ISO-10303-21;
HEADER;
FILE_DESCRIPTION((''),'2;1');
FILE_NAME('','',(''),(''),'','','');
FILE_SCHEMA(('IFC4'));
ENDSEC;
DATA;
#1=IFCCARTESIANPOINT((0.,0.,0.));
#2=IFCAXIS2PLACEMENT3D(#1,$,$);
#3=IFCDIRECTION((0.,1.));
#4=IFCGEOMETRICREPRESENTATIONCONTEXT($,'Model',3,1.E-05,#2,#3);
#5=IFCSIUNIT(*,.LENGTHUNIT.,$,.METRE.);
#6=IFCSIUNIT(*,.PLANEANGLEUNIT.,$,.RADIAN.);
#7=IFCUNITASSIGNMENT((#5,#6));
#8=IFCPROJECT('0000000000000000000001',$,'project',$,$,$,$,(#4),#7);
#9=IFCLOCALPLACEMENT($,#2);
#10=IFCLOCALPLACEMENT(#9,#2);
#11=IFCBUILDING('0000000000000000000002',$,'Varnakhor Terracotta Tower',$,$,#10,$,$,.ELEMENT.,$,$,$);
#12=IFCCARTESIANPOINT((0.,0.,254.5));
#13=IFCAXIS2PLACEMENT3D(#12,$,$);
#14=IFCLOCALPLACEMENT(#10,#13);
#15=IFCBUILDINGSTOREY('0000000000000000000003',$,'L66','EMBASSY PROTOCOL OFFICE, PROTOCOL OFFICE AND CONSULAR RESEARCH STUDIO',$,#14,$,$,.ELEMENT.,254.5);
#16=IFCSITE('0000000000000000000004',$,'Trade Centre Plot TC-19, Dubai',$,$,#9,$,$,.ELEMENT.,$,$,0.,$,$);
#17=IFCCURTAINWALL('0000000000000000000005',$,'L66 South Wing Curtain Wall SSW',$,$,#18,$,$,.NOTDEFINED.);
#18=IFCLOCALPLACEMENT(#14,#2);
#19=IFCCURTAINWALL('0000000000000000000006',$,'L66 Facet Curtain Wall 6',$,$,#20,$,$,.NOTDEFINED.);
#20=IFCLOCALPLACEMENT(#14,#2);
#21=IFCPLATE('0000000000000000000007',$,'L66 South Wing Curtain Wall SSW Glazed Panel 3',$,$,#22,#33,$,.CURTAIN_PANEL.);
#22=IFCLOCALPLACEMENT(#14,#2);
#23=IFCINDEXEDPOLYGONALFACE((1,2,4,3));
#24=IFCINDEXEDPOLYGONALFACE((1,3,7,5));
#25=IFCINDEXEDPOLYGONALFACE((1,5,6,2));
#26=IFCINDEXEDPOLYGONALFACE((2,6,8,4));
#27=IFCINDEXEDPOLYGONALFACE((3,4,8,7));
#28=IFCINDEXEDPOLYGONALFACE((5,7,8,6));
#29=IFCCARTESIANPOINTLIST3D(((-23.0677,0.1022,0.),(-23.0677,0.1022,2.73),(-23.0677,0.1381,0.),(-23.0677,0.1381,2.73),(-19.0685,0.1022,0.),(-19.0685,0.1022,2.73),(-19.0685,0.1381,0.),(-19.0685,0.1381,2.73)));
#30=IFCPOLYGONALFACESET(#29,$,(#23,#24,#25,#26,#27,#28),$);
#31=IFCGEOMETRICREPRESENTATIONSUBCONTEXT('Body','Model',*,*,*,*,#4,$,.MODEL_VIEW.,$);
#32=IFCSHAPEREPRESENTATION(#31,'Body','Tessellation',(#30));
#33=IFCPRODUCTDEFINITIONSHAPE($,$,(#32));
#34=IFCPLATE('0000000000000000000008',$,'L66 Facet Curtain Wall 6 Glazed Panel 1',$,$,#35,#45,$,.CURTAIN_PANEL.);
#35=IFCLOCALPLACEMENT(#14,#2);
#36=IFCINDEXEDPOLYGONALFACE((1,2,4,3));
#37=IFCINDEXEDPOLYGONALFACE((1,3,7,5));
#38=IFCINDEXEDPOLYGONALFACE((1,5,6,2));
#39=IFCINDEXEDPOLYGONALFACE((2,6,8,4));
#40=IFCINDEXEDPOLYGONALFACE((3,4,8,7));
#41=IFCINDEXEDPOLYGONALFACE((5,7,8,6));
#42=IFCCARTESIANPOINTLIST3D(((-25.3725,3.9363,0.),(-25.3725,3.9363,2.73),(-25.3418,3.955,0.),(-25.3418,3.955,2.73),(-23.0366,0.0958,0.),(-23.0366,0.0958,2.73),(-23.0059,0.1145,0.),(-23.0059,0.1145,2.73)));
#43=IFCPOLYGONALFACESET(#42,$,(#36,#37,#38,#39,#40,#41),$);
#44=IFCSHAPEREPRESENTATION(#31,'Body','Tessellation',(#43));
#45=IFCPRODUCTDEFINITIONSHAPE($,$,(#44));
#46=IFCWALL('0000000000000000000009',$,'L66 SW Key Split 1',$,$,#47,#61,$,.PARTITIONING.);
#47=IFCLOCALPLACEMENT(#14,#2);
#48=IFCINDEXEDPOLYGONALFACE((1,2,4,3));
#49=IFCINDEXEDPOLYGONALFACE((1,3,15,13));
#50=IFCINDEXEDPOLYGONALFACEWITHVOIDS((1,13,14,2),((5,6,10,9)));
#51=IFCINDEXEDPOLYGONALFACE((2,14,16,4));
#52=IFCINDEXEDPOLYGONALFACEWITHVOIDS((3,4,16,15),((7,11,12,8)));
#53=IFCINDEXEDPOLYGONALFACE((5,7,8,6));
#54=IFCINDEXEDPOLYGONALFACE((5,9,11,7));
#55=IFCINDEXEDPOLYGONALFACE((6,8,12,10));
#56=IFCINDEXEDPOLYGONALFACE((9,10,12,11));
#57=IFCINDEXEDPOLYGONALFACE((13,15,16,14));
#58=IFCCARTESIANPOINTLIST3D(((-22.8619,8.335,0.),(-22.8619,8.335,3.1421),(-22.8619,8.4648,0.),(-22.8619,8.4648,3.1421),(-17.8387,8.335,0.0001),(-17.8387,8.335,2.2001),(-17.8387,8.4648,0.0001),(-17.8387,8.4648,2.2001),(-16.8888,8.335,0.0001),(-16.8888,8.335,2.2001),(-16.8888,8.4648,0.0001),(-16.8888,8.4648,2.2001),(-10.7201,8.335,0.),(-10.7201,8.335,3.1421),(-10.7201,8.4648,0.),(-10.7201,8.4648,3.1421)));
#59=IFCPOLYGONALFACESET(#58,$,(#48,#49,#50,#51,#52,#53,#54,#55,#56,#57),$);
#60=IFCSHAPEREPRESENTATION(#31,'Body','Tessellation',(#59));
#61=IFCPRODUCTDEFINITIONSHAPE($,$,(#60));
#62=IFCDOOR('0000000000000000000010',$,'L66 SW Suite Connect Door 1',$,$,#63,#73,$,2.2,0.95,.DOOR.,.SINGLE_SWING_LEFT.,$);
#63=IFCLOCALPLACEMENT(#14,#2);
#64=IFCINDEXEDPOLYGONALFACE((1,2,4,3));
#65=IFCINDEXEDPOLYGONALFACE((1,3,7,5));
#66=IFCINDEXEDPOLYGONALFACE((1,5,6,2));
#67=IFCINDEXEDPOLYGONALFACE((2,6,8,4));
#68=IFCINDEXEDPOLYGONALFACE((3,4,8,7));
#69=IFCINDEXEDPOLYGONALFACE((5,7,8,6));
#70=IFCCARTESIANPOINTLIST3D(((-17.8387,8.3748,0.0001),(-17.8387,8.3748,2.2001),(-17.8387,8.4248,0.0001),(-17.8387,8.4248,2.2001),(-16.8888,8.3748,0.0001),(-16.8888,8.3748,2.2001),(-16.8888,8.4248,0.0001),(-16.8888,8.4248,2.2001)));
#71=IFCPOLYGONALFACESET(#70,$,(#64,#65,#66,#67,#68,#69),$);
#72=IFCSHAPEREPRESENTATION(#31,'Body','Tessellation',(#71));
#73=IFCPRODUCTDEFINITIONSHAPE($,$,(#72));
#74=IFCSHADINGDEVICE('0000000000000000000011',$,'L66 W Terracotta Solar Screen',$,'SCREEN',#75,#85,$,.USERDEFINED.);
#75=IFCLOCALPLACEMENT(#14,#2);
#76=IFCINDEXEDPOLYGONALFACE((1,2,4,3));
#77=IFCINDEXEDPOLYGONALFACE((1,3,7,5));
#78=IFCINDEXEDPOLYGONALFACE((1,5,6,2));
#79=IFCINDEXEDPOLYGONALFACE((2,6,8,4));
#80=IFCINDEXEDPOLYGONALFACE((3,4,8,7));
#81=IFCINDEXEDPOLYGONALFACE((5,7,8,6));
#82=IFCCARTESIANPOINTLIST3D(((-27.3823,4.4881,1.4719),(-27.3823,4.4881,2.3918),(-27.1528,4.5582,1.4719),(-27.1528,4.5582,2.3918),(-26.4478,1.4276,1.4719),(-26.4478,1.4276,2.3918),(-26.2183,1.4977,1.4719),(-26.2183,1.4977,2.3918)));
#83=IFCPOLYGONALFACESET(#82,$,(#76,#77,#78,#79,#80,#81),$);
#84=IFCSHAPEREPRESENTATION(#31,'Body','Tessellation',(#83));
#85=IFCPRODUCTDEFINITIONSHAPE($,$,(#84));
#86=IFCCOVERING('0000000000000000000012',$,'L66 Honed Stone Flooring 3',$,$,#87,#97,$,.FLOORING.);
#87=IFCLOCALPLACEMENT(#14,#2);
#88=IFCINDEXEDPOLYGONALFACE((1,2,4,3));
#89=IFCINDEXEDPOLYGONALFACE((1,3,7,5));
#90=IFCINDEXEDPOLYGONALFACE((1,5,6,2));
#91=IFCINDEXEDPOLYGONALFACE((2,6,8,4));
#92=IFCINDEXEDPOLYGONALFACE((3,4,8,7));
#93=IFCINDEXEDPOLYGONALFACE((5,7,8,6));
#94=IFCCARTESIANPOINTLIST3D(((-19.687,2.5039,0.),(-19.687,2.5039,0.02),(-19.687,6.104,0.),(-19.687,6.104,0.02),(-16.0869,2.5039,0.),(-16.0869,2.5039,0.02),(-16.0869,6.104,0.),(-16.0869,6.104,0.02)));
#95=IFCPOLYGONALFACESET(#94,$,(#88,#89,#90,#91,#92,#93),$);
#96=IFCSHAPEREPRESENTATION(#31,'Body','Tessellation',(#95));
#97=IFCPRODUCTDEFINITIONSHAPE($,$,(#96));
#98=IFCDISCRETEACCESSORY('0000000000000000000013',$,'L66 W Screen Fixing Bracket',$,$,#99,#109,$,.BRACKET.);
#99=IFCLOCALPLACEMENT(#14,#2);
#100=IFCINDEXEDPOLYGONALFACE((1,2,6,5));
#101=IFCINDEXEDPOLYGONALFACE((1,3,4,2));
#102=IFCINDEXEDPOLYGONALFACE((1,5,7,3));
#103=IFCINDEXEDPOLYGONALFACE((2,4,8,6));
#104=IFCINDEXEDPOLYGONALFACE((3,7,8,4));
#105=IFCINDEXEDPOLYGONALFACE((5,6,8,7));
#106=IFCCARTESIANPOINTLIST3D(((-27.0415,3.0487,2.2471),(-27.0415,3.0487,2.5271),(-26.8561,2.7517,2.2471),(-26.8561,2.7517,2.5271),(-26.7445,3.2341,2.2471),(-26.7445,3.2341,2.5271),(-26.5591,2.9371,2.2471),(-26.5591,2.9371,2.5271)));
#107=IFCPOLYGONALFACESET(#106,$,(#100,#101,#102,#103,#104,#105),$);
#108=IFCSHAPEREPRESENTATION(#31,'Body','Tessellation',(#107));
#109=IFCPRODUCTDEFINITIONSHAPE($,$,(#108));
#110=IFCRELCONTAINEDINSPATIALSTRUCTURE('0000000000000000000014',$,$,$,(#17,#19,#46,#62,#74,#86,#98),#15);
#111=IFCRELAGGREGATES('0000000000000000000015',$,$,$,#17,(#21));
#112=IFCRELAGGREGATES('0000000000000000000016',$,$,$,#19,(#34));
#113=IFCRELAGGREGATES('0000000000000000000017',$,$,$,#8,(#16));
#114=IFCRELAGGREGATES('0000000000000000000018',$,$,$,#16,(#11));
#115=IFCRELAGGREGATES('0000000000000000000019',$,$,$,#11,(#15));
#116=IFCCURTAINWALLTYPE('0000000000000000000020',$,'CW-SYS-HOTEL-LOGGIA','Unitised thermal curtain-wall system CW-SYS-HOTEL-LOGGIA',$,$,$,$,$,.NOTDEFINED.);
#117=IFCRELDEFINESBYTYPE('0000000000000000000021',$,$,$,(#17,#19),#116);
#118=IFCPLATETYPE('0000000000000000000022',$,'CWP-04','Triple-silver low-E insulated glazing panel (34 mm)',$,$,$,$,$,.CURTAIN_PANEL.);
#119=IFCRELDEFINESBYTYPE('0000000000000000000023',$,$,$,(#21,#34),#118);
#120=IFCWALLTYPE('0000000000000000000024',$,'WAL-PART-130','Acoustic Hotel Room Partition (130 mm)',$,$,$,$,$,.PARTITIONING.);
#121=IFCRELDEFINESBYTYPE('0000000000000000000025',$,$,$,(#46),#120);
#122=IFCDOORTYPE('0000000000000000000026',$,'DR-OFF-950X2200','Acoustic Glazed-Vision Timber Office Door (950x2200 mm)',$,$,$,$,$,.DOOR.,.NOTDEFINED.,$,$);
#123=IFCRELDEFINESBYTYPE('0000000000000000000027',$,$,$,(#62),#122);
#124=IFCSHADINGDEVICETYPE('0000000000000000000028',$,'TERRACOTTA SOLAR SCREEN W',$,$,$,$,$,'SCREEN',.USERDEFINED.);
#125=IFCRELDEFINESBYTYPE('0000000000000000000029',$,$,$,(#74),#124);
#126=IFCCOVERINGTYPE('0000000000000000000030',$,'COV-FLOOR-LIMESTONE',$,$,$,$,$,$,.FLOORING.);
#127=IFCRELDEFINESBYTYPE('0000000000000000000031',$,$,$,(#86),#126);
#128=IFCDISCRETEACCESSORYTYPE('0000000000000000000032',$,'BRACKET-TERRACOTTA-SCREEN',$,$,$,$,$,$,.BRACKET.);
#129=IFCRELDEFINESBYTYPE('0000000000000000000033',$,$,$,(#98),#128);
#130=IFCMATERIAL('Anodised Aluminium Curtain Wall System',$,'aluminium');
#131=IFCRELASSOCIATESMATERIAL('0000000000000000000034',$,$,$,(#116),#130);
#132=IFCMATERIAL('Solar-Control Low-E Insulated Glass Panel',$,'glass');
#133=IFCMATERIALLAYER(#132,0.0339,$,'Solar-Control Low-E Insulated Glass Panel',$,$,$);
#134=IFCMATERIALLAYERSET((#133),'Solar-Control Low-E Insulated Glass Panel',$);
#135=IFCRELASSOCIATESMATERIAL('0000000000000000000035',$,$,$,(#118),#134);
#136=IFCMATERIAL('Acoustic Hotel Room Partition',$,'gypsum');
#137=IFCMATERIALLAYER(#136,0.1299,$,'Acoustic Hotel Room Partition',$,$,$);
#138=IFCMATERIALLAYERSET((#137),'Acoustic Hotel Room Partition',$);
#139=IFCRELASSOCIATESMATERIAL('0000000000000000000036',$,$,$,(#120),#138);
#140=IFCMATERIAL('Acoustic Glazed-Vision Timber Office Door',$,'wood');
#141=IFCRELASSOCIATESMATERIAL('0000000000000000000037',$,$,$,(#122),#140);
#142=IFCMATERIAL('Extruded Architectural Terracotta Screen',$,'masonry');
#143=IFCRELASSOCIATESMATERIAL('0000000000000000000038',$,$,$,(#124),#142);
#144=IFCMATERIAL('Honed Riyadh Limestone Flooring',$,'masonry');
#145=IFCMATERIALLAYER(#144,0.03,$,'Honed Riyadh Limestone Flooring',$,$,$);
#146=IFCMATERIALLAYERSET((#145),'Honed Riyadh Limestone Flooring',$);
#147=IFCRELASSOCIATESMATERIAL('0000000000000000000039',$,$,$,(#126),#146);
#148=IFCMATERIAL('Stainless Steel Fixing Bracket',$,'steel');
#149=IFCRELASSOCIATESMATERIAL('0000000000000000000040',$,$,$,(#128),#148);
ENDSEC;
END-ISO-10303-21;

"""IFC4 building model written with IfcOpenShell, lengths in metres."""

from ifc_helpers import new_model, si_unit, direction, frame, frame_2d, origin, origin_2d, place, context, subcontext, project, spatial, rectangle, extrude, source, transform, mapped, material, layer, layer_set, type_object, type_shapes, element, fill, aggregate, save


model = new_model("IFC4")

# Units and contexts
model_context = context("Model", 3, precision=1e-05, world=origin(), true_north=direction((0.0, 1.0)))
body_context = subcontext(model_context, "Body", "Model", "MODEL_VIEW")
ifc_project = project(units=[si_unit("LENGTHUNIT", "METRE"), si_unit("PLANEANGLEUNIT", "RADIAN")], contexts=[model_context])

# Site, building, storey
site_placement = place(None, origin())
site = spatial("IfcSite", under=ifc_project, at=site_placement, Name="Trade Centre Plot TC-19, Dubai", CompositionType="ELEMENT", RefElevation=0.0)
building_placement = place(site_placement, origin())
building = spatial("IfcBuilding", under=site, at=building_placement, Name="Varnakhor Terracotta Tower", CompositionType="ELEMENT")
storey_placement = place(building_placement, frame((0.0, 0.0, 254.5)))
storey = spatial("IfcBuildingStorey", under=building, at=storey_placement, Name="L66", Description="EMBASSY PROTOCOL OFFICE, PROTOCOL OFFICE AND CONSULAR RESEARCH STUDIO", CompositionType="ELEMENT", Elevation=254.5)

# Curtain wall
ifc_material_1 = material(Name="Anodised Aluminium Curtain Wall System", Category="aluminium")
curtain_wall_type = type_object("IfcCurtainWallType", Name="CW-SYS-HOTEL-LOGGIA", Description="Unitised thermal curtain-wall system CW-SYS-HOTEL-LOGGIA", PredefinedType="NOTDEFINED", material=ifc_material_1)
curtain_wall_1_placement = place(storey_placement, origin())
curtain_wall_1 = element("IfcCurtainWall", 1, at=curtain_wall_1_placement, inside=storey, type_object=curtain_wall_type, Name="L66 South Wing Curtain Wall SSW", PredefinedType="NOTDEFINED")

# Curtain wall
curtain_wall_2_placement = place(storey_placement, origin())
curtain_wall_2 = element("IfcCurtainWall", 2, at=curtain_wall_2_placement, inside=storey, type_object=curtain_wall_type, Name="L66 Facet Curtain Wall 6", PredefinedType="NOTDEFINED")

# Plates
ifc_material_2 = material(Name="Solar-Control Low-E Insulated Glass Panel", Category="glass")
ifc_layer_1 = layer(ifc_material_2, 0.0339, Name="Solar-Control Low-E Insulated Glass Panel")
ifc_layer_set_1 = layer_set([ifc_layer_1], Name="Solar-Control Low-E Insulated Glass Panel")
plate_type = type_object("IfcPlateType", Name="CWP-04", Description="Triple-silver low-E insulated glazing panel (34 mm)", PredefinedType="CURTAIN_PANEL", material=ifc_layer_set_1)
shared_shape_1 = source(origin(), body_context, "Body", "SweptSolid", [
    extrude(rectangle(XDim=3.9993, YDim=0.0359, at=origin_2d()), origin(), (0.0, 0.0, 1.0), 2.73),
])
plate_1_placement = place(storey_placement, frame((-21.0681, 0.1201, 0.0), z_axis=(0.0, 0.0, 1.0), x_axis=(-1.0, 0.0, 0.0)))
plate_1 = element("IfcPlate", 3, at=plate_1_placement, type_object=plate_type, Name="L66 South Wing Curtain Wall SSW Glazed Panel 3", PredefinedType="CURTAIN_PANEL", context=body_context, shape_type="MappedRepresentation", body=[
    mapped(shared_shape_1, transform((0.0, 0.0, 0.0), scale=1.0)),
])
aggregate(curtain_wall_1, [plate_1])
shared_shape_2 = source(origin(), body_context, "Body", "SweptSolid", [
    extrude(rectangle(XDim=4.4951, YDim=0.0359, at=origin_2d()), origin(), (0.0, 0.0, 1.0), 2.73),
])
plate_2_placement = place(storey_placement, frame((-24.1892, 2.0254, 0.0), z_axis=(0.0, 0.0, 1.0), x_axis=(-0.519653, 0.854377, 0.0)))
plate_2 = element("IfcPlate", 4, at=plate_2_placement, type_object=plate_type, Name="L66 Facet Curtain Wall 6 Glazed Panel 1", PredefinedType="CURTAIN_PANEL", context=body_context, shape_type="MappedRepresentation", body=[
    mapped(shared_shape_2, transform((0.0, 0.0, 0.0), scale=1.0)),
])
aggregate(curtain_wall_2, [plate_2])

# Wall, opening, door
ifc_material_3 = material(Name="Acoustic Hotel Room Partition", Category="gypsum")
ifc_layer_2 = layer(ifc_material_3, 0.1299, Name="Acoustic Hotel Room Partition")
ifc_layer_set_2 = layer_set([ifc_layer_2], Name="Acoustic Hotel Room Partition")
wall_type = type_object("IfcWallType", Name="WAL-PART-130", Description="Acoustic Hotel Room Partition (130 mm)", PredefinedType="PARTITIONING", material=ifc_layer_set_2)
wall_placement = place(storey_placement, frame((-22.8618, 8.3999, 0.0), z_axis=(0.0, 0.0, 1.0), x_axis=(1.0, 0.0, 0.0)))
wall = element("IfcWall", 5, at=wall_placement, inside=storey, type_object=wall_type, Name="L66 SW Key Split 1", PredefinedType="PARTITIONING", context=body_context, shape_type="SweptSolid", body=[
    extrude(rectangle(XDim=12.1418, YDim=0.1299, at=frame_2d((6.0708, 0.0))), origin(), (0.0, 0.0, 1.0), 3.1421),
])
opening_placement = place(wall_placement, frame((5.0229, 0.0, 0.0)))
opening = element("IfcOpeningElement", 6, at=opening_placement, cuts=wall, PredefinedType="OPENING", context=body_context, shape_type="SweptSolid", body=[
    extrude(rectangle(XDim=0.95, YDim=2.2, at=frame_2d((0.4751, 1.1001))), frame((0.0, 0.075, 0.0), z_axis=(0.0, -1.0, 0.0), x_axis=(1.0, 0.0, 0.0)), (0.0, 0.0, 1.0), 0.1499),
])
ifc_material_4 = material(Name="Acoustic Glazed-Vision Timber Office Door", Category="wood")
door_type = type_object("IfcDoorType", Name="DR-OFF-950X2200", Description="Acoustic Glazed-Vision Timber Office Door (950x2200 mm)", OperationType="NOTDEFINED", PredefinedType="DOOR", material=ifc_material_4)
shared_shape_3 = source(origin(), body_context, "Body", "SweptSolid", [
    extrude(rectangle(XDim=0.95, YDim=2.2, at=frame_2d((0.4751, 1.1001))), frame((0.0, 0.0249, 0.0), z_axis=(0.0, -1.0, 0.0), x_axis=(1.0, 0.0, 0.0)), (0.0, 0.0, 1.0), 0.05),
])
type_shapes(door_type, [shared_shape_3])
door_placement = place(opening_placement, origin())
door = element("IfcDoor", 7, at=door_placement, inside=storey, type_object=door_type, Name="L66 SW Suite Connect Door 1", OperationType="SINGLE_SWING_LEFT", OverallHeight=2.2, OverallWidth=0.95, PredefinedType="DOOR", context=body_context, shape_type="MappedRepresentation", body=[
    mapped(shared_shape_3, transform((0.0, 0.0, 0.0), scale=1.0)),
])
fill(opening, door)

# Shading device
ifc_material_5 = material(Name="Extruded Architectural Terracotta Screen", Category="masonry")
shading_device_type = type_object("IfcShadingDeviceType", Name="TERRACOTTA SOLAR SCREEN W", ElementType="SCREEN", PredefinedType="USERDEFINED", material=ifc_material_5)
shared_shape_4 = source(origin(), body_context, "Body", "SweptSolid", [
    extrude(rectangle(XDim=3.2, YDim=0.24, at=origin_2d()), origin(), (0.0, 0.0, 1.0), 0.9199),
])
type_shapes(shading_device_type, [shared_shape_4])
shading_device_placement = place(storey_placement, frame((-26.8003, 2.9929, 1.4719), z_axis=(0.0, 0.0, 1.0), x_axis=(0.292021, -0.956412, 0.0)))
element("IfcShadingDevice", 8, at=shading_device_placement, inside=storey, type_object=shading_device_type, Name="L66 W Terracotta Solar Screen", ObjectType="SCREEN", PredefinedType="USERDEFINED", context=body_context, shape_type="MappedRepresentation", body=[
    mapped(shared_shape_4, transform((0.0, 0.0, 0.0), scale=1.0)),
])

# Covering
ifc_material_6 = material(Name="Honed Riyadh Limestone Flooring", Category="masonry")
ifc_layer_3 = layer(ifc_material_6, 0.03, Name="Honed Riyadh Limestone Flooring")
ifc_layer_set_3 = layer_set([ifc_layer_3], Name="Honed Riyadh Limestone Flooring")
covering_type = type_object("IfcCoveringType", Name="COV-FLOOR-LIMESTONE", PredefinedType="FLOORING", material=ifc_layer_set_3)
shared_shape_5 = source(origin(), body_context, "Body", "SweptSolid", [
    extrude(rectangle(XDim=3.6001, YDim=3.6001, at=origin_2d()), origin(), (0.0, 0.0, 1.0), 0.02),
])
covering_placement = place(storey_placement, frame((-17.887, 4.304, 0.0), z_axis=(0.0, 0.0, 1.0), x_axis=(1.0, 0.0, 0.0)))
element("IfcCovering", 9, at=covering_placement, inside=storey, type_object=covering_type, Name="L66 Honed Stone Flooring 3", PredefinedType="FLOORING", context=body_context, shape_type="MappedRepresentation", body=[
    mapped(shared_shape_5, transform((0.0, 0.0, 0.0), scale=1.0)),
])

# Discrete accessory
ifc_material_7 = material(Name="Stainless Steel Fixing Bracket", Category="steel")
discrete_accessory_type = type_object("IfcDiscreteAccessoryType", Name="BRACKET-TERRACOTTA-SCREEN", PredefinedType="BRACKET", material=ifc_material_7)
shared_shape_6 = source(origin(), body_context, "Body", "SweptSolid", [
    extrude(rectangle(XDim=0.3501, YDim=0.3501, at=origin_2d()), origin(), (0.0, 0.0, 1.0), 0.28),
])
type_shapes(discrete_accessory_type, [shared_shape_6])
discrete_accessory_placement = place(storey_placement, frame((-26.8003, 2.9929, 2.2471), z_axis=(0.0, 0.0, 1.0), x_axis=(0.529608, -0.848242, 0.0)))
element("IfcDiscreteAccessory", 10, at=discrete_accessory_placement, inside=storey, type_object=discrete_accessory_type, Name="L66 W Screen Fixing Bracket", PredefinedType="BRACKET", context=body_context, shape_type="MappedRepresentation", body=[
    mapped(shared_shape_6, transform((0.0, 0.0, 0.0), scale=1.0)),
])

save(model, "model.ifc")
